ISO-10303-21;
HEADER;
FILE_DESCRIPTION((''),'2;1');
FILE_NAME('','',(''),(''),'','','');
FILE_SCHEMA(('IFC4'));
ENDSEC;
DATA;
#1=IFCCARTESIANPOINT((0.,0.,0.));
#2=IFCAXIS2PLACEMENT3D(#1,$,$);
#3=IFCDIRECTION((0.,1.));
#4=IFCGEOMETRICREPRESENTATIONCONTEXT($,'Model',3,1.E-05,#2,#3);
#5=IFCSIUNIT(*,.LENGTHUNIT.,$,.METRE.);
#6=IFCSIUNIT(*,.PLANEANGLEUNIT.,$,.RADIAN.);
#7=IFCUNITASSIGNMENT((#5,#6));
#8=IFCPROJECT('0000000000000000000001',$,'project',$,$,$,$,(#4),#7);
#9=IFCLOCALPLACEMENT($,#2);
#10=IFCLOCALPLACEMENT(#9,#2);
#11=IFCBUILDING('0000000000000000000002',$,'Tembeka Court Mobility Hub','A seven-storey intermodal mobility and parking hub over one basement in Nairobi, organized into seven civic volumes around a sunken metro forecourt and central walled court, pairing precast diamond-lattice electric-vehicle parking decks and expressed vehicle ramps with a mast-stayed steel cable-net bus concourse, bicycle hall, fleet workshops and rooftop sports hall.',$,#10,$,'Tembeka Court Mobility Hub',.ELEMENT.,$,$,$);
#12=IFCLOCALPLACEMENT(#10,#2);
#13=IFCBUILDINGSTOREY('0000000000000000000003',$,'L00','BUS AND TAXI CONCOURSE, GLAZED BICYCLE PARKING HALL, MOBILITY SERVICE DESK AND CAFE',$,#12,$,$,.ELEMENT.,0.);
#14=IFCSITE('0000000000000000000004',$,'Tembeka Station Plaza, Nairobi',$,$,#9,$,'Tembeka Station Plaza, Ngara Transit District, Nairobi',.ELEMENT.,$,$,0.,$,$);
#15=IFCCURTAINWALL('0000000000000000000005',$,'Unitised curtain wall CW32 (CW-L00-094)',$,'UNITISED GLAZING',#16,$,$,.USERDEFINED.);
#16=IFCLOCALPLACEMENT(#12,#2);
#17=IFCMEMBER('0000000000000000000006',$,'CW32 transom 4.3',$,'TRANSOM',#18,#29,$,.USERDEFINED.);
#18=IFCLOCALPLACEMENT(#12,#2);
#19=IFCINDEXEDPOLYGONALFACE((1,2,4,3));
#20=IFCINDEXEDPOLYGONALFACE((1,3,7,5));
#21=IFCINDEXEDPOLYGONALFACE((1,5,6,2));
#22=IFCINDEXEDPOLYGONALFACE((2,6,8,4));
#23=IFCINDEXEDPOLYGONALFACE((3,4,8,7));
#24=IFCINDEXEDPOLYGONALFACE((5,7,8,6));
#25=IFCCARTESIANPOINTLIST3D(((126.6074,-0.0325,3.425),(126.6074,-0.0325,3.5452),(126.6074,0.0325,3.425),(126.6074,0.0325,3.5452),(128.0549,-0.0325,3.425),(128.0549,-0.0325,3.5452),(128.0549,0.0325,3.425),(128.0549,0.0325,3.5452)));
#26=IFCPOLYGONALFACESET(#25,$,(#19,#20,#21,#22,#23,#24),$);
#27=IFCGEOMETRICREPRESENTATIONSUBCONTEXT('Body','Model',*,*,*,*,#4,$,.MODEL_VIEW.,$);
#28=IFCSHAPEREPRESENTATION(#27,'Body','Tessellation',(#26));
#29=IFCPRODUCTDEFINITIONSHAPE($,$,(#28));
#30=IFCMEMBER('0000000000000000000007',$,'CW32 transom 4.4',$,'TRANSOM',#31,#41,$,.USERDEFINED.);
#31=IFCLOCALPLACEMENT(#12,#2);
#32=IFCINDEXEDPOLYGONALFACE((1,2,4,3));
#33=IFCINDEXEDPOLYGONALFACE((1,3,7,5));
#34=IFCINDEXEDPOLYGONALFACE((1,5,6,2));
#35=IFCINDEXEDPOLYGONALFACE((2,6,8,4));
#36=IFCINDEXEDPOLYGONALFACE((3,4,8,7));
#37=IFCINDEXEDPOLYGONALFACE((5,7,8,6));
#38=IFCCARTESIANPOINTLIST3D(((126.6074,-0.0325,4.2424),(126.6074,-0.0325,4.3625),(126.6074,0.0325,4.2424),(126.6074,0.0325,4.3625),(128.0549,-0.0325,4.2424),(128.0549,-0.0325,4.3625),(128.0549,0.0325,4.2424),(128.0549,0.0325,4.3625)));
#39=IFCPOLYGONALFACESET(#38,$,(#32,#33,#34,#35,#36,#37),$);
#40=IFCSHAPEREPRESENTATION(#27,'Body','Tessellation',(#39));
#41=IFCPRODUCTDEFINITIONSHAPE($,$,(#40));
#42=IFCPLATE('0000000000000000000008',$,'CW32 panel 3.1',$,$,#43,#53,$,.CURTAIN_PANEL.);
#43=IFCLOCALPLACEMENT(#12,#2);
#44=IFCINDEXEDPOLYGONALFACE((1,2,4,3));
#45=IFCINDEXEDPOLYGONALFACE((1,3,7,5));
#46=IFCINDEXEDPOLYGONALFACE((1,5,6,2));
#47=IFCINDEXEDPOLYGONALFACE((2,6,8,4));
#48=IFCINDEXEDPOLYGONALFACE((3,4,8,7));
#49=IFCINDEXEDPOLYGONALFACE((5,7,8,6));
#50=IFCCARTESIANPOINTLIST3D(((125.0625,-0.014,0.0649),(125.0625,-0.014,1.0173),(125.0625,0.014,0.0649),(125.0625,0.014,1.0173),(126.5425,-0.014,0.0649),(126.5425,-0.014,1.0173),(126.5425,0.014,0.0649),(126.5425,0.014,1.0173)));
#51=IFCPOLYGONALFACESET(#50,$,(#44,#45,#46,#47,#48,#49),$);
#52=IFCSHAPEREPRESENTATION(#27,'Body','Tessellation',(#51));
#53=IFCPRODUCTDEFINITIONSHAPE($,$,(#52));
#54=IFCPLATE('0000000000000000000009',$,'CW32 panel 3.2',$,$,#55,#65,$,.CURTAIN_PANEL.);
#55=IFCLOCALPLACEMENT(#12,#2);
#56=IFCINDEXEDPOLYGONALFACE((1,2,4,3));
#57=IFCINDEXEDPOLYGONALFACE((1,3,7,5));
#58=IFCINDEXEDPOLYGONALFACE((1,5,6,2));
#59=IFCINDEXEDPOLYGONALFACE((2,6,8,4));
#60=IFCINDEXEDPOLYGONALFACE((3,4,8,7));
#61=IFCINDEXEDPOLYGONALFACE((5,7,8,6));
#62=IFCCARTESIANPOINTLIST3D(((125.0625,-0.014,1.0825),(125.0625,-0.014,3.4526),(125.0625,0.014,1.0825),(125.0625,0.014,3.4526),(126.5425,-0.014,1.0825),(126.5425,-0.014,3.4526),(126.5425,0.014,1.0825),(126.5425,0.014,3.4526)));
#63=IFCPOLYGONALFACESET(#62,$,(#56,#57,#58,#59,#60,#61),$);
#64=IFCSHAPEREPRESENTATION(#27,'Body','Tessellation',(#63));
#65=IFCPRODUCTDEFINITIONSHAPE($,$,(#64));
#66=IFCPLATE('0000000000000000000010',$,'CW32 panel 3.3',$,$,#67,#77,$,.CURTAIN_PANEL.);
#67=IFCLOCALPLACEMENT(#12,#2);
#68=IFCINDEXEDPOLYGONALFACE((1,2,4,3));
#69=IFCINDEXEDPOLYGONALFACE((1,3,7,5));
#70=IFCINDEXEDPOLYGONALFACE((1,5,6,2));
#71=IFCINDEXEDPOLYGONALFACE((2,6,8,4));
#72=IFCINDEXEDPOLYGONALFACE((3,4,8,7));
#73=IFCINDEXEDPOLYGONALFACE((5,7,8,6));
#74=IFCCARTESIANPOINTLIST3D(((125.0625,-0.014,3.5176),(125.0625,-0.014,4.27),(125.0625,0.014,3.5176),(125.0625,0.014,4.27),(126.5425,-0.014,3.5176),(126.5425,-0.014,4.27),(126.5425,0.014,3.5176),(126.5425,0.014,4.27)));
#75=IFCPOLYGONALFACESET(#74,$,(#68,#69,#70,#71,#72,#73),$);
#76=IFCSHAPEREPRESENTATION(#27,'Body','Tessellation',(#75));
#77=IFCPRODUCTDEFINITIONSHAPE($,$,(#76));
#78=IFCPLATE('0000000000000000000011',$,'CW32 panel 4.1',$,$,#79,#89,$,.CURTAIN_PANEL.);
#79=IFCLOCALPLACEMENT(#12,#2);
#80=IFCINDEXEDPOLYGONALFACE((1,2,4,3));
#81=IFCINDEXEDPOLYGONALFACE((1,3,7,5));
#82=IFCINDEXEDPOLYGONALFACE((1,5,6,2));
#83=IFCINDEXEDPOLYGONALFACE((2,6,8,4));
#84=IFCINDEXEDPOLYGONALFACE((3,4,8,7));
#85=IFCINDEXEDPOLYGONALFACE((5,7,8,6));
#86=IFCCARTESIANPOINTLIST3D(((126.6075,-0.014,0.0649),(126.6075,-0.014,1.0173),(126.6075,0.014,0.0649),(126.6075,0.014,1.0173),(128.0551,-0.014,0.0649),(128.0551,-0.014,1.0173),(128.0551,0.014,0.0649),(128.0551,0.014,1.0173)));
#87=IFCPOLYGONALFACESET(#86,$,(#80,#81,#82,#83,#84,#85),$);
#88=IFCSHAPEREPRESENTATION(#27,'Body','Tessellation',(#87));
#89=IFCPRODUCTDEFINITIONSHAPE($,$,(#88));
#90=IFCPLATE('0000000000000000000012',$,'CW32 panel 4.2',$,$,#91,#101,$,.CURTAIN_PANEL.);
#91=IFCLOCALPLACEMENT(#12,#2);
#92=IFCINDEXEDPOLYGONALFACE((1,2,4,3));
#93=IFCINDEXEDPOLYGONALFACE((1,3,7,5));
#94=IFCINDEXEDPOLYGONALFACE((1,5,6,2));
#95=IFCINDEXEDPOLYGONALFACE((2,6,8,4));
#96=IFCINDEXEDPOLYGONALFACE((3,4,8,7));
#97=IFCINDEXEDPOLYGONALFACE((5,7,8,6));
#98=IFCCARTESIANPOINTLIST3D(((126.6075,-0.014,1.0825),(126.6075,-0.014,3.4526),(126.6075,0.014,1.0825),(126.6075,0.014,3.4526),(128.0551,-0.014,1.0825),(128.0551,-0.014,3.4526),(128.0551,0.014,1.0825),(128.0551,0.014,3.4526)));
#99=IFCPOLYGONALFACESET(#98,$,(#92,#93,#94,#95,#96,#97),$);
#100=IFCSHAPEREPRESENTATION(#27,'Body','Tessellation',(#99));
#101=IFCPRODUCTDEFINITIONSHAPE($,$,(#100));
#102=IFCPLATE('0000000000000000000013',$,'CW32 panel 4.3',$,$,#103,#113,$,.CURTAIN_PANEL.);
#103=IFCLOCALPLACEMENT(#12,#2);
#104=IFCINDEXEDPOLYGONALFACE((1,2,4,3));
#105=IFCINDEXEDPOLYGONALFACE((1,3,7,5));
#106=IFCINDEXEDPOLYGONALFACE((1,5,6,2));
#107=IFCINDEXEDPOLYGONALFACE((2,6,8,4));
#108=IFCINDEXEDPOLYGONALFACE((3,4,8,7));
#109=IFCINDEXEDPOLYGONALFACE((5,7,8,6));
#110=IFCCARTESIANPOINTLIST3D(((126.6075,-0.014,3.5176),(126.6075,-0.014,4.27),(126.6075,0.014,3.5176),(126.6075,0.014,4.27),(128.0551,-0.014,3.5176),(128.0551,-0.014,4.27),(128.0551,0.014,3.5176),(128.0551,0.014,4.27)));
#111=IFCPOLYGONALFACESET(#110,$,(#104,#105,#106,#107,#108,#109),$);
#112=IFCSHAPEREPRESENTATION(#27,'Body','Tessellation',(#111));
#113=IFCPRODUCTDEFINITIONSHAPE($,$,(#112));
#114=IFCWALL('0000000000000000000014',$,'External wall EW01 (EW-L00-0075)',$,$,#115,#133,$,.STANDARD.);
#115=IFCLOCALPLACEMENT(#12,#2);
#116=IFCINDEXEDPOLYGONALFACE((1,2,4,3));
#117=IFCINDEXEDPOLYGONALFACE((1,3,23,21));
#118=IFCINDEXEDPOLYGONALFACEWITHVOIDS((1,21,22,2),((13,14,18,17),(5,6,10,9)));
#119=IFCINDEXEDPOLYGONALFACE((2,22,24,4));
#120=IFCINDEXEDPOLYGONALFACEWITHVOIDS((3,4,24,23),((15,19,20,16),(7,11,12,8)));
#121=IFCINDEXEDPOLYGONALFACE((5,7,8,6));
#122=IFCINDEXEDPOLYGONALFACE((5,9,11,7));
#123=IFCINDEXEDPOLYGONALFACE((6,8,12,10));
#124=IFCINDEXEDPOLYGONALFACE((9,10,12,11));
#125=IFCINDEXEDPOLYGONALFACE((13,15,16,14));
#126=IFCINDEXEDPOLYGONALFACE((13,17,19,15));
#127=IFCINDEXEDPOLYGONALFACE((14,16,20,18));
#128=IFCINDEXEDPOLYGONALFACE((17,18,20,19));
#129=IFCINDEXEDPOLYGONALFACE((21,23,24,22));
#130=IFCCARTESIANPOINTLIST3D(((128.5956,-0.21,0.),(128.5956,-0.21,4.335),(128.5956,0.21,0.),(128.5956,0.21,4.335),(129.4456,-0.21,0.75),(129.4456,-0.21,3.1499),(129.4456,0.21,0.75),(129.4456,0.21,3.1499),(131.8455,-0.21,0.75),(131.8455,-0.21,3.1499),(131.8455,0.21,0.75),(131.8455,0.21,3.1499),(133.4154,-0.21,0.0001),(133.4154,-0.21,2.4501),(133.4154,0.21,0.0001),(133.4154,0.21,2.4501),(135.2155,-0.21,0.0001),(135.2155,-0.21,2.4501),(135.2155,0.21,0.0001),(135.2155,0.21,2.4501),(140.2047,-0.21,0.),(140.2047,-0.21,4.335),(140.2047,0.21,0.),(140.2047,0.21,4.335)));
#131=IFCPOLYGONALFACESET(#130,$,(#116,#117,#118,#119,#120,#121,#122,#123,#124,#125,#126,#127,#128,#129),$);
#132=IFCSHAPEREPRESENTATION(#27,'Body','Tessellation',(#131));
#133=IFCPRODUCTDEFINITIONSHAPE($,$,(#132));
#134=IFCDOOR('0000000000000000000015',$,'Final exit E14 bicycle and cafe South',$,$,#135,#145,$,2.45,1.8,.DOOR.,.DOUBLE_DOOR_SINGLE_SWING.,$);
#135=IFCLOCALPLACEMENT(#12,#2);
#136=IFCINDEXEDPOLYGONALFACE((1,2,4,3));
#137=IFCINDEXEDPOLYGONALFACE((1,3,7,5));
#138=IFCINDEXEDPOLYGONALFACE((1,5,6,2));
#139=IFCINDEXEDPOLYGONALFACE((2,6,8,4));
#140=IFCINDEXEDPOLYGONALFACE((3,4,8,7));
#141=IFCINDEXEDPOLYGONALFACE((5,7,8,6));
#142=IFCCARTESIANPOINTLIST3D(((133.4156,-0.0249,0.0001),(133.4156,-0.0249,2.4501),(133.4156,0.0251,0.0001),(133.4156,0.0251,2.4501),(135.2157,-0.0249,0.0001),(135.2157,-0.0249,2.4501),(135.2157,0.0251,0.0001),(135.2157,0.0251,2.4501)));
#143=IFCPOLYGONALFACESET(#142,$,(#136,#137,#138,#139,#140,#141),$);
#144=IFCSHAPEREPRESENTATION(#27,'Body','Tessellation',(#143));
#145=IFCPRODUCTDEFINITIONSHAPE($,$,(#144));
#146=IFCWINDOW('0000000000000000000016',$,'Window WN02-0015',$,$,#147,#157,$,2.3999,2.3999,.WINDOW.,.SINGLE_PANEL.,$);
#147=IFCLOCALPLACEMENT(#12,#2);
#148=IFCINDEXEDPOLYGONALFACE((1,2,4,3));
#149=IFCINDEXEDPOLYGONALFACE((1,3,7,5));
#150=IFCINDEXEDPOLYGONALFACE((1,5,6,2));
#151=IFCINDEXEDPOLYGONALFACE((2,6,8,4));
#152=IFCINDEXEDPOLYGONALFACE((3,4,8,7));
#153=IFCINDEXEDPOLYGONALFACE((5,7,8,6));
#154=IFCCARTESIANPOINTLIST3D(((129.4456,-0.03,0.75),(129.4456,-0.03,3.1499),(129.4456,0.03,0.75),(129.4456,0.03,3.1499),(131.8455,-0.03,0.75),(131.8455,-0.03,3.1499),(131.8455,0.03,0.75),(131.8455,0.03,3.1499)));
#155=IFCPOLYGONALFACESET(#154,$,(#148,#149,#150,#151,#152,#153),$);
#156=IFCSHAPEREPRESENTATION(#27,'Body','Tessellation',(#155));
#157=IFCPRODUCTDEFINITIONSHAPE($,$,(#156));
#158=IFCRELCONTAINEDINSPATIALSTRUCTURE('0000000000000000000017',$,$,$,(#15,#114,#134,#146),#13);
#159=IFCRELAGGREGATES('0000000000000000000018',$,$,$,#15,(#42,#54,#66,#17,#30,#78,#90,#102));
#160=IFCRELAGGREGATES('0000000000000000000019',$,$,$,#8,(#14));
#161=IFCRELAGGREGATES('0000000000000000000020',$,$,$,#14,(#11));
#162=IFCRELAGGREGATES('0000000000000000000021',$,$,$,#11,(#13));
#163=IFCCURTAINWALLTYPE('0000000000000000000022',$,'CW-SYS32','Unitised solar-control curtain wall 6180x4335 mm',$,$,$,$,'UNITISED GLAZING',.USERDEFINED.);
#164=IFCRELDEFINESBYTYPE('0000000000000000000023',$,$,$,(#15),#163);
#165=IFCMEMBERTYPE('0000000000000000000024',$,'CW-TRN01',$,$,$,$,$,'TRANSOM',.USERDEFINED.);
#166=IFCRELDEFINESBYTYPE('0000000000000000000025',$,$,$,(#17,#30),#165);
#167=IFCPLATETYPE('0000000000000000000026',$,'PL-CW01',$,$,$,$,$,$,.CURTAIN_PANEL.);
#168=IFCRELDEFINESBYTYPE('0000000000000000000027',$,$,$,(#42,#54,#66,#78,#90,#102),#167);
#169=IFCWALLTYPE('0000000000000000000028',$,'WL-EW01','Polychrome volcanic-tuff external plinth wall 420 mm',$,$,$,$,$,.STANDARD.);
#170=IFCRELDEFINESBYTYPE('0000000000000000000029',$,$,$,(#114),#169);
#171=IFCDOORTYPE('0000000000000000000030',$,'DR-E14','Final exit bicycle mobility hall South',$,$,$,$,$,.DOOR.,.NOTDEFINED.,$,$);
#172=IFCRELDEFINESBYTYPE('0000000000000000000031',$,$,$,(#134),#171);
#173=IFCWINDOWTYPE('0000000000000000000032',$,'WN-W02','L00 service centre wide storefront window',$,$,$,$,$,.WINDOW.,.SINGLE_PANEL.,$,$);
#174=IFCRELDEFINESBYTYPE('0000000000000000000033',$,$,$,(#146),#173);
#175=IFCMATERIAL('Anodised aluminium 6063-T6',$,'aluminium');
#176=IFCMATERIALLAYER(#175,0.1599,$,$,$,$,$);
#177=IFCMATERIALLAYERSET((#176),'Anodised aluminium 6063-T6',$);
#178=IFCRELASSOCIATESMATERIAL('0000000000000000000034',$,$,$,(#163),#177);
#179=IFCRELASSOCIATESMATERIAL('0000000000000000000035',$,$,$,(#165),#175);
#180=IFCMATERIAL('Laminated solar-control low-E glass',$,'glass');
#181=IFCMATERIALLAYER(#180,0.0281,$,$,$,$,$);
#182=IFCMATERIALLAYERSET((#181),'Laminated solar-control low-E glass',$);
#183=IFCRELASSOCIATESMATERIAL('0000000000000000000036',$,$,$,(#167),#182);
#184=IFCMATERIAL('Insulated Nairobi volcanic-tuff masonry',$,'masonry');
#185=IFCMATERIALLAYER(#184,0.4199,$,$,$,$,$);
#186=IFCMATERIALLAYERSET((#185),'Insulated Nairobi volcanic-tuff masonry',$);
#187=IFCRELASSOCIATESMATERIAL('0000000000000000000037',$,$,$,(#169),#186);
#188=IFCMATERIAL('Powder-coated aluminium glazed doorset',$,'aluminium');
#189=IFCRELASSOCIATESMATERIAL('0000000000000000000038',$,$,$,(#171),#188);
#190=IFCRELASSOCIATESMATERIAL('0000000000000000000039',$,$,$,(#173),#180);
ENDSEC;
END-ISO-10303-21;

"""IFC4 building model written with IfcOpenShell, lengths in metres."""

from ifc_helpers import new_model, si_unit, direction, frame, frame_2d, origin, origin_2d, place, context, subcontext, project, spatial, rectangle, extrude, material, layer, layer_set, material_profile, profile_set, type_object, element, fill, aggregate, save


model = new_model("IFC4")

# Units and contexts
model_context = context("Model", 3, precision=1e-05, world=origin(), true_north=direction((0.0, 1.0)))
body_context = subcontext(model_context, "Body", "Model", "MODEL_VIEW")
ifc_project = project(units=[si_unit("LENGTHUNIT", "METRE"), si_unit("PLANEANGLEUNIT", "RADIAN")], contexts=[model_context])

# Site, building, storey
site_placement = place(None, origin())
site = spatial("IfcSite", under=ifc_project, at=site_placement, Name="Tembeka Station Plaza, Nairobi", LongName="Tembeka Station Plaza, Ngara Transit District, Nairobi", CompositionType="ELEMENT", RefElevation=0.0)
building_placement = place(site_placement, origin())
building = spatial("IfcBuilding", under=site, at=building_placement, Name="Tembeka Court Mobility Hub", Description="A seven-storey intermodal mobility and parking hub over one basement in Nairobi, organized into seven civic volumes around a sunken metro forecourt and central walled court, pairing precast diamond-lattice electric-vehicle parking decks and expressed vehicle ramps with a mast-stayed steel cable-net bus concourse, bicycle hall, fleet workshops and rooftop sports hall.", LongName="Tembeka Court Mobility Hub", CompositionType="ELEMENT")
storey_placement = place(building_placement, origin())
storey = spatial("IfcBuildingStorey", under=building, at=storey_placement, Name="L00", Description="BUS AND TAXI CONCOURSE, GLAZED BICYCLE PARKING HALL, MOBILITY SERVICE DESK AND CAFE", CompositionType="ELEMENT", Elevation=0.0)

# Curtain wall, members, plates
ifc_material_1 = material(Name="Anodised aluminium 6063-T6", Category="aluminium")
ifc_layer_1 = layer(ifc_material_1, 0.1599)
ifc_layer_set_1 = layer_set([ifc_layer_1], Name="Anodised aluminium 6063-T6")
curtain_wall_type = type_object("IfcCurtainWallType", Name="CW-SYS32", Description="Unitised solar-control curtain wall 6180x4335 mm", ElementType="UNITISED GLAZING", PredefinedType="USERDEFINED", material=ifc_layer_set_1)
curtain_wall_placement = place(storey_placement, origin())
curtain_wall = element("IfcCurtainWall", 1, at=curtain_wall_placement, inside=storey, type_object=curtain_wall_type, Name="Unitised curtain wall CW32 (CW-L00-094)", ObjectType="UNITISED GLAZING", PredefinedType="USERDEFINED")
ifc_material_profile_1 = material_profile(ifc_material_1, rectangle(XDim=0.0649, YDim=0.1201, at=origin_2d()), Name="ALU-TRN 65x120")
ifc_profile_set_1 = profile_set([ifc_material_profile_1], Name="Anodised aluminium 6063-T6")
member_type_1 = type_object("IfcMemberType", Name="CW-TRN01", ElementType="TRANSOM", PredefinedType="USERDEFINED", material=ifc_profile_set_1)
member_1_placement = place(storey_placement, frame((126.6074, 0.0, 3.4851), z_axis=(1.0, 0.0, 0.0), x_axis=(0.0, 1.0, 0.0)))
member_1 = element("IfcMember", 2, at=member_1_placement, type_object=member_type_1, Name="CW32 transom 4.3", ObjectType="TRANSOM", PredefinedType="USERDEFINED", context=body_context, shape_type="SweptSolid", body=[
    extrude(rectangle(XDim=0.0649, YDim=0.1201, at=origin_2d()), origin(), (0.0, 0.0, 1.0), 1.4475),
])
member_2_placement = place(storey_placement, frame((126.6074, 0.0, 4.3025), z_axis=(1.0, 0.0, 0.0), x_axis=(0.0, 1.0, 0.0)))
member_2 = element("IfcMember", 3, at=member_2_placement, type_object=member_type_1, Name="CW32 transom 4.4", ObjectType="TRANSOM", PredefinedType="USERDEFINED", context=body_context, shape_type="SweptSolid", body=[
    extrude(rectangle(XDim=0.0649, YDim=0.1201, at=origin_2d()), origin(), (0.0, 0.0, 1.0), 1.4475),
])
ifc_material_2 = material(Name="Laminated solar-control low-E glass", Category="glass")
ifc_layer_2 = layer(ifc_material_2, 0.0281)
ifc_layer_set_2 = layer_set([ifc_layer_2], Name="Laminated solar-control low-E glass")
plate_type = type_object("IfcPlateType", Name="PL-CW01", PredefinedType="CURTAIN_PANEL", material=ifc_layer_set_2)
plate_1_placement = place(storey_placement, frame((125.8025, 0.0, 0.0649), z_axis=(0.0, 0.0, 1.0), x_axis=(1.0, 0.0, 0.0)))
plate_1 = element("IfcPlate", 4, at=plate_1_placement, type_object=plate_type, Name="CW32 panel 3.1", PredefinedType="CURTAIN_PANEL", context=body_context, shape_type="SweptSolid", body=[
    extrude(rectangle(XDim=1.48, YDim=0.0281, at=origin_2d()), origin(), (0.0, 0.0, 1.0), 0.9524),
])
plate_2_placement = place(storey_placement, frame((125.8025, 0.0, 1.0825), z_axis=(0.0, 0.0, 1.0), x_axis=(1.0, 0.0, 0.0)))
plate_2 = element("IfcPlate", 5, at=plate_2_placement, type_object=plate_type, Name="CW32 panel 3.2", PredefinedType="CURTAIN_PANEL", context=body_context, shape_type="SweptSolid", body=[
    extrude(rectangle(XDim=1.48, YDim=0.0281, at=origin_2d()), origin(), (0.0, 0.0, 1.0), 2.3701),
])
plate_3_placement = place(storey_placement, frame((125.8025, 0.0, 3.5176), z_axis=(0.0, 0.0, 1.0), x_axis=(1.0, 0.0, 0.0)))
plate_3 = element("IfcPlate", 6, at=plate_3_placement, type_object=plate_type, Name="CW32 panel 3.3", PredefinedType="CURTAIN_PANEL", context=body_context, shape_type="SweptSolid", body=[
    extrude(rectangle(XDim=1.48, YDim=0.0281, at=origin_2d()), origin(), (0.0, 0.0, 1.0), 0.7524),
])
plate_4_placement = place(storey_placement, frame((127.3313, 0.0, 0.0649), z_axis=(0.0, 0.0, 1.0), x_axis=(1.0, 0.0, 0.0)))
plate_4 = element("IfcPlate", 7, at=plate_4_placement, type_object=plate_type, Name="CW32 panel 4.1", PredefinedType="CURTAIN_PANEL", context=body_context, shape_type="SweptSolid", body=[
    extrude(rectangle(XDim=1.4475, YDim=0.0281, at=origin_2d()), origin(), (0.0, 0.0, 1.0), 0.9524),
])
plate_5_placement = place(storey_placement, frame((127.3313, 0.0, 1.0825), z_axis=(0.0, 0.0, 1.0), x_axis=(1.0, 0.0, 0.0)))
plate_5 = element("IfcPlate", 8, at=plate_5_placement, type_object=plate_type, Name="CW32 panel 4.2", PredefinedType="CURTAIN_PANEL", context=body_context, shape_type="SweptSolid", body=[
    extrude(rectangle(XDim=1.4475, YDim=0.0281, at=origin_2d()), origin(), (0.0, 0.0, 1.0), 2.3701),
])
plate_6_placement = place(storey_placement, frame((127.3313, 0.0, 3.5176), z_axis=(0.0, 0.0, 1.0), x_axis=(1.0, 0.0, 0.0)))
plate_6 = element("IfcPlate", 9, at=plate_6_placement, type_object=plate_type, Name="CW32 panel 4.3", PredefinedType="CURTAIN_PANEL", context=body_context, shape_type="SweptSolid", body=[
    extrude(rectangle(XDim=1.4475, YDim=0.0281, at=origin_2d()), origin(), (0.0, 0.0, 1.0), 0.7524),
])
aggregate(curtain_wall, [plate_1, plate_2, plate_3, member_1, member_2, plate_4, plate_5, plate_6])

# Wall, openings, door, window
ifc_material_3 = material(Name="Insulated Nairobi volcanic-tuff masonry", Category="masonry")
ifc_layer_3 = layer(ifc_material_3, 0.4199)
ifc_layer_set_3 = layer_set([ifc_layer_3], Name="Insulated Nairobi volcanic-tuff masonry")
wall_type = type_object("IfcWallType", Name="WL-EW01", Description="Polychrome volcanic-tuff external plinth wall 420 mm", PredefinedType="STANDARD", material=ifc_layer_set_3)
wall_1_placement = place(storey_placement, frame((128.5955, 0.0, 0.0), z_axis=(0.0, 0.0, 1.0), x_axis=(1.0, 0.0, 0.0)))
wall_1 = element("IfcWall", 10, at=wall_1_placement, inside=storey, type_object=wall_type, Name="External wall EW01 (EW-L00-0075)", PredefinedType="STANDARD", context=body_context, shape_type="SweptSolid", body=[
    extrude(rectangle(XDim=11.6091, YDim=0.4199, at=frame_2d((5.8047, 0.0))), origin(), (0.0, 0.0, 1.0), 4.335),
])
opening_1_placement = place(wall_1_placement, frame((4.8201, 0.0, 0.0)))
opening_1 = element("IfcOpeningElement", 11, at=opening_1_placement, cuts=wall_1, PredefinedType="OPENING", context=body_context, shape_type="SweptSolid", body=[
    extrude(rectangle(XDim=1.8, YDim=2.45, at=frame_2d((0.8999, 1.2251))), frame((0.0, 0.22, 0.0), z_axis=(0.0, -1.0, 0.0), x_axis=(1.0, 0.0, 0.0)), (0.0, 0.0, 1.0), 0.4399),
])
opening_2_placement = place(wall_1_placement, frame((0.8501, 0.0, 0.75)))
opening_2 = element("IfcOpeningElement", 12, at=opening_2_placement, cuts=wall_1, PredefinedType="OPENING", context=body_context, shape_type="SweptSolid", body=[
    extrude(rectangle(XDim=2.3999, YDim=2.3999, at=frame_2d((1.2, 1.2))), frame((0.0, 0.22, 0.0), z_axis=(0.0, -1.0, 0.0), x_axis=(1.0, 0.0, 0.0)), (0.0, 0.0, 1.0), 0.4399),
])
ifc_material_4 = material(Name="Powder-coated aluminium glazed doorset", Category="aluminium")
door_type = type_object("IfcDoorType", Name="DR-E14", Description="Final exit bicycle mobility hall South", OperationType="NOTDEFINED", PredefinedType="DOOR", material=ifc_material_4)
door_placement = place(opening_1_placement, frame((1.8, 0.0, 0.0), z_axis=(0.0, 0.0, 1.0), x_axis=(-1.0, 0.0, 0.0)))
door = element("IfcDoor", 13, at=door_placement, inside=storey, type_object=door_type, Name="Final exit E14 bicycle and cafe South", OperationType="DOUBLE_DOOR_SINGLE_SWING", OverallHeight=2.45, OverallWidth=1.8, PredefinedType="DOOR", context=body_context, shape_type="SweptSolid", body=[
    extrude(rectangle(XDim=1.8, YDim=2.45, at=frame_2d((0.8999, 1.2251))), frame((0.0, 0.0249, 0.0), z_axis=(0.0, -1.0, 0.0), x_axis=(1.0, 0.0, 0.0)), (0.0, 0.0, 1.0), 0.05),
])
fill(opening_1, door)
window_type_1 = type_object("IfcWindowType", Name="WN-W02", Description="L00 service centre wide storefront window", PartitioningType="SINGLE_PANEL", PredefinedType="WINDOW", material=ifc_material_2)
window_1_placement = place(opening_2_placement, origin())
window_1 = element("IfcWindow", 14, at=window_1_placement, inside=storey, type_object=window_type_1, Name="Window WN02-0015", OverallHeight=2.3999, OverallWidth=2.3999, PartitioningType="SINGLE_PANEL", PredefinedType="WINDOW", context=body_context, shape_type="SweptSolid", body=[
    extrude(rectangle(XDim=2.3999, YDim=2.3999, at=frame_2d((1.2, 1.2))), frame((0.0, 0.03, 0.0), z_axis=(0.0, -1.0, 0.0), x_axis=(1.0, 0.0, 0.0)), (0.0, 0.0, 1.0), 0.0601),
])
fill(opening_2, window_1)

save(model, "model.ifc")
